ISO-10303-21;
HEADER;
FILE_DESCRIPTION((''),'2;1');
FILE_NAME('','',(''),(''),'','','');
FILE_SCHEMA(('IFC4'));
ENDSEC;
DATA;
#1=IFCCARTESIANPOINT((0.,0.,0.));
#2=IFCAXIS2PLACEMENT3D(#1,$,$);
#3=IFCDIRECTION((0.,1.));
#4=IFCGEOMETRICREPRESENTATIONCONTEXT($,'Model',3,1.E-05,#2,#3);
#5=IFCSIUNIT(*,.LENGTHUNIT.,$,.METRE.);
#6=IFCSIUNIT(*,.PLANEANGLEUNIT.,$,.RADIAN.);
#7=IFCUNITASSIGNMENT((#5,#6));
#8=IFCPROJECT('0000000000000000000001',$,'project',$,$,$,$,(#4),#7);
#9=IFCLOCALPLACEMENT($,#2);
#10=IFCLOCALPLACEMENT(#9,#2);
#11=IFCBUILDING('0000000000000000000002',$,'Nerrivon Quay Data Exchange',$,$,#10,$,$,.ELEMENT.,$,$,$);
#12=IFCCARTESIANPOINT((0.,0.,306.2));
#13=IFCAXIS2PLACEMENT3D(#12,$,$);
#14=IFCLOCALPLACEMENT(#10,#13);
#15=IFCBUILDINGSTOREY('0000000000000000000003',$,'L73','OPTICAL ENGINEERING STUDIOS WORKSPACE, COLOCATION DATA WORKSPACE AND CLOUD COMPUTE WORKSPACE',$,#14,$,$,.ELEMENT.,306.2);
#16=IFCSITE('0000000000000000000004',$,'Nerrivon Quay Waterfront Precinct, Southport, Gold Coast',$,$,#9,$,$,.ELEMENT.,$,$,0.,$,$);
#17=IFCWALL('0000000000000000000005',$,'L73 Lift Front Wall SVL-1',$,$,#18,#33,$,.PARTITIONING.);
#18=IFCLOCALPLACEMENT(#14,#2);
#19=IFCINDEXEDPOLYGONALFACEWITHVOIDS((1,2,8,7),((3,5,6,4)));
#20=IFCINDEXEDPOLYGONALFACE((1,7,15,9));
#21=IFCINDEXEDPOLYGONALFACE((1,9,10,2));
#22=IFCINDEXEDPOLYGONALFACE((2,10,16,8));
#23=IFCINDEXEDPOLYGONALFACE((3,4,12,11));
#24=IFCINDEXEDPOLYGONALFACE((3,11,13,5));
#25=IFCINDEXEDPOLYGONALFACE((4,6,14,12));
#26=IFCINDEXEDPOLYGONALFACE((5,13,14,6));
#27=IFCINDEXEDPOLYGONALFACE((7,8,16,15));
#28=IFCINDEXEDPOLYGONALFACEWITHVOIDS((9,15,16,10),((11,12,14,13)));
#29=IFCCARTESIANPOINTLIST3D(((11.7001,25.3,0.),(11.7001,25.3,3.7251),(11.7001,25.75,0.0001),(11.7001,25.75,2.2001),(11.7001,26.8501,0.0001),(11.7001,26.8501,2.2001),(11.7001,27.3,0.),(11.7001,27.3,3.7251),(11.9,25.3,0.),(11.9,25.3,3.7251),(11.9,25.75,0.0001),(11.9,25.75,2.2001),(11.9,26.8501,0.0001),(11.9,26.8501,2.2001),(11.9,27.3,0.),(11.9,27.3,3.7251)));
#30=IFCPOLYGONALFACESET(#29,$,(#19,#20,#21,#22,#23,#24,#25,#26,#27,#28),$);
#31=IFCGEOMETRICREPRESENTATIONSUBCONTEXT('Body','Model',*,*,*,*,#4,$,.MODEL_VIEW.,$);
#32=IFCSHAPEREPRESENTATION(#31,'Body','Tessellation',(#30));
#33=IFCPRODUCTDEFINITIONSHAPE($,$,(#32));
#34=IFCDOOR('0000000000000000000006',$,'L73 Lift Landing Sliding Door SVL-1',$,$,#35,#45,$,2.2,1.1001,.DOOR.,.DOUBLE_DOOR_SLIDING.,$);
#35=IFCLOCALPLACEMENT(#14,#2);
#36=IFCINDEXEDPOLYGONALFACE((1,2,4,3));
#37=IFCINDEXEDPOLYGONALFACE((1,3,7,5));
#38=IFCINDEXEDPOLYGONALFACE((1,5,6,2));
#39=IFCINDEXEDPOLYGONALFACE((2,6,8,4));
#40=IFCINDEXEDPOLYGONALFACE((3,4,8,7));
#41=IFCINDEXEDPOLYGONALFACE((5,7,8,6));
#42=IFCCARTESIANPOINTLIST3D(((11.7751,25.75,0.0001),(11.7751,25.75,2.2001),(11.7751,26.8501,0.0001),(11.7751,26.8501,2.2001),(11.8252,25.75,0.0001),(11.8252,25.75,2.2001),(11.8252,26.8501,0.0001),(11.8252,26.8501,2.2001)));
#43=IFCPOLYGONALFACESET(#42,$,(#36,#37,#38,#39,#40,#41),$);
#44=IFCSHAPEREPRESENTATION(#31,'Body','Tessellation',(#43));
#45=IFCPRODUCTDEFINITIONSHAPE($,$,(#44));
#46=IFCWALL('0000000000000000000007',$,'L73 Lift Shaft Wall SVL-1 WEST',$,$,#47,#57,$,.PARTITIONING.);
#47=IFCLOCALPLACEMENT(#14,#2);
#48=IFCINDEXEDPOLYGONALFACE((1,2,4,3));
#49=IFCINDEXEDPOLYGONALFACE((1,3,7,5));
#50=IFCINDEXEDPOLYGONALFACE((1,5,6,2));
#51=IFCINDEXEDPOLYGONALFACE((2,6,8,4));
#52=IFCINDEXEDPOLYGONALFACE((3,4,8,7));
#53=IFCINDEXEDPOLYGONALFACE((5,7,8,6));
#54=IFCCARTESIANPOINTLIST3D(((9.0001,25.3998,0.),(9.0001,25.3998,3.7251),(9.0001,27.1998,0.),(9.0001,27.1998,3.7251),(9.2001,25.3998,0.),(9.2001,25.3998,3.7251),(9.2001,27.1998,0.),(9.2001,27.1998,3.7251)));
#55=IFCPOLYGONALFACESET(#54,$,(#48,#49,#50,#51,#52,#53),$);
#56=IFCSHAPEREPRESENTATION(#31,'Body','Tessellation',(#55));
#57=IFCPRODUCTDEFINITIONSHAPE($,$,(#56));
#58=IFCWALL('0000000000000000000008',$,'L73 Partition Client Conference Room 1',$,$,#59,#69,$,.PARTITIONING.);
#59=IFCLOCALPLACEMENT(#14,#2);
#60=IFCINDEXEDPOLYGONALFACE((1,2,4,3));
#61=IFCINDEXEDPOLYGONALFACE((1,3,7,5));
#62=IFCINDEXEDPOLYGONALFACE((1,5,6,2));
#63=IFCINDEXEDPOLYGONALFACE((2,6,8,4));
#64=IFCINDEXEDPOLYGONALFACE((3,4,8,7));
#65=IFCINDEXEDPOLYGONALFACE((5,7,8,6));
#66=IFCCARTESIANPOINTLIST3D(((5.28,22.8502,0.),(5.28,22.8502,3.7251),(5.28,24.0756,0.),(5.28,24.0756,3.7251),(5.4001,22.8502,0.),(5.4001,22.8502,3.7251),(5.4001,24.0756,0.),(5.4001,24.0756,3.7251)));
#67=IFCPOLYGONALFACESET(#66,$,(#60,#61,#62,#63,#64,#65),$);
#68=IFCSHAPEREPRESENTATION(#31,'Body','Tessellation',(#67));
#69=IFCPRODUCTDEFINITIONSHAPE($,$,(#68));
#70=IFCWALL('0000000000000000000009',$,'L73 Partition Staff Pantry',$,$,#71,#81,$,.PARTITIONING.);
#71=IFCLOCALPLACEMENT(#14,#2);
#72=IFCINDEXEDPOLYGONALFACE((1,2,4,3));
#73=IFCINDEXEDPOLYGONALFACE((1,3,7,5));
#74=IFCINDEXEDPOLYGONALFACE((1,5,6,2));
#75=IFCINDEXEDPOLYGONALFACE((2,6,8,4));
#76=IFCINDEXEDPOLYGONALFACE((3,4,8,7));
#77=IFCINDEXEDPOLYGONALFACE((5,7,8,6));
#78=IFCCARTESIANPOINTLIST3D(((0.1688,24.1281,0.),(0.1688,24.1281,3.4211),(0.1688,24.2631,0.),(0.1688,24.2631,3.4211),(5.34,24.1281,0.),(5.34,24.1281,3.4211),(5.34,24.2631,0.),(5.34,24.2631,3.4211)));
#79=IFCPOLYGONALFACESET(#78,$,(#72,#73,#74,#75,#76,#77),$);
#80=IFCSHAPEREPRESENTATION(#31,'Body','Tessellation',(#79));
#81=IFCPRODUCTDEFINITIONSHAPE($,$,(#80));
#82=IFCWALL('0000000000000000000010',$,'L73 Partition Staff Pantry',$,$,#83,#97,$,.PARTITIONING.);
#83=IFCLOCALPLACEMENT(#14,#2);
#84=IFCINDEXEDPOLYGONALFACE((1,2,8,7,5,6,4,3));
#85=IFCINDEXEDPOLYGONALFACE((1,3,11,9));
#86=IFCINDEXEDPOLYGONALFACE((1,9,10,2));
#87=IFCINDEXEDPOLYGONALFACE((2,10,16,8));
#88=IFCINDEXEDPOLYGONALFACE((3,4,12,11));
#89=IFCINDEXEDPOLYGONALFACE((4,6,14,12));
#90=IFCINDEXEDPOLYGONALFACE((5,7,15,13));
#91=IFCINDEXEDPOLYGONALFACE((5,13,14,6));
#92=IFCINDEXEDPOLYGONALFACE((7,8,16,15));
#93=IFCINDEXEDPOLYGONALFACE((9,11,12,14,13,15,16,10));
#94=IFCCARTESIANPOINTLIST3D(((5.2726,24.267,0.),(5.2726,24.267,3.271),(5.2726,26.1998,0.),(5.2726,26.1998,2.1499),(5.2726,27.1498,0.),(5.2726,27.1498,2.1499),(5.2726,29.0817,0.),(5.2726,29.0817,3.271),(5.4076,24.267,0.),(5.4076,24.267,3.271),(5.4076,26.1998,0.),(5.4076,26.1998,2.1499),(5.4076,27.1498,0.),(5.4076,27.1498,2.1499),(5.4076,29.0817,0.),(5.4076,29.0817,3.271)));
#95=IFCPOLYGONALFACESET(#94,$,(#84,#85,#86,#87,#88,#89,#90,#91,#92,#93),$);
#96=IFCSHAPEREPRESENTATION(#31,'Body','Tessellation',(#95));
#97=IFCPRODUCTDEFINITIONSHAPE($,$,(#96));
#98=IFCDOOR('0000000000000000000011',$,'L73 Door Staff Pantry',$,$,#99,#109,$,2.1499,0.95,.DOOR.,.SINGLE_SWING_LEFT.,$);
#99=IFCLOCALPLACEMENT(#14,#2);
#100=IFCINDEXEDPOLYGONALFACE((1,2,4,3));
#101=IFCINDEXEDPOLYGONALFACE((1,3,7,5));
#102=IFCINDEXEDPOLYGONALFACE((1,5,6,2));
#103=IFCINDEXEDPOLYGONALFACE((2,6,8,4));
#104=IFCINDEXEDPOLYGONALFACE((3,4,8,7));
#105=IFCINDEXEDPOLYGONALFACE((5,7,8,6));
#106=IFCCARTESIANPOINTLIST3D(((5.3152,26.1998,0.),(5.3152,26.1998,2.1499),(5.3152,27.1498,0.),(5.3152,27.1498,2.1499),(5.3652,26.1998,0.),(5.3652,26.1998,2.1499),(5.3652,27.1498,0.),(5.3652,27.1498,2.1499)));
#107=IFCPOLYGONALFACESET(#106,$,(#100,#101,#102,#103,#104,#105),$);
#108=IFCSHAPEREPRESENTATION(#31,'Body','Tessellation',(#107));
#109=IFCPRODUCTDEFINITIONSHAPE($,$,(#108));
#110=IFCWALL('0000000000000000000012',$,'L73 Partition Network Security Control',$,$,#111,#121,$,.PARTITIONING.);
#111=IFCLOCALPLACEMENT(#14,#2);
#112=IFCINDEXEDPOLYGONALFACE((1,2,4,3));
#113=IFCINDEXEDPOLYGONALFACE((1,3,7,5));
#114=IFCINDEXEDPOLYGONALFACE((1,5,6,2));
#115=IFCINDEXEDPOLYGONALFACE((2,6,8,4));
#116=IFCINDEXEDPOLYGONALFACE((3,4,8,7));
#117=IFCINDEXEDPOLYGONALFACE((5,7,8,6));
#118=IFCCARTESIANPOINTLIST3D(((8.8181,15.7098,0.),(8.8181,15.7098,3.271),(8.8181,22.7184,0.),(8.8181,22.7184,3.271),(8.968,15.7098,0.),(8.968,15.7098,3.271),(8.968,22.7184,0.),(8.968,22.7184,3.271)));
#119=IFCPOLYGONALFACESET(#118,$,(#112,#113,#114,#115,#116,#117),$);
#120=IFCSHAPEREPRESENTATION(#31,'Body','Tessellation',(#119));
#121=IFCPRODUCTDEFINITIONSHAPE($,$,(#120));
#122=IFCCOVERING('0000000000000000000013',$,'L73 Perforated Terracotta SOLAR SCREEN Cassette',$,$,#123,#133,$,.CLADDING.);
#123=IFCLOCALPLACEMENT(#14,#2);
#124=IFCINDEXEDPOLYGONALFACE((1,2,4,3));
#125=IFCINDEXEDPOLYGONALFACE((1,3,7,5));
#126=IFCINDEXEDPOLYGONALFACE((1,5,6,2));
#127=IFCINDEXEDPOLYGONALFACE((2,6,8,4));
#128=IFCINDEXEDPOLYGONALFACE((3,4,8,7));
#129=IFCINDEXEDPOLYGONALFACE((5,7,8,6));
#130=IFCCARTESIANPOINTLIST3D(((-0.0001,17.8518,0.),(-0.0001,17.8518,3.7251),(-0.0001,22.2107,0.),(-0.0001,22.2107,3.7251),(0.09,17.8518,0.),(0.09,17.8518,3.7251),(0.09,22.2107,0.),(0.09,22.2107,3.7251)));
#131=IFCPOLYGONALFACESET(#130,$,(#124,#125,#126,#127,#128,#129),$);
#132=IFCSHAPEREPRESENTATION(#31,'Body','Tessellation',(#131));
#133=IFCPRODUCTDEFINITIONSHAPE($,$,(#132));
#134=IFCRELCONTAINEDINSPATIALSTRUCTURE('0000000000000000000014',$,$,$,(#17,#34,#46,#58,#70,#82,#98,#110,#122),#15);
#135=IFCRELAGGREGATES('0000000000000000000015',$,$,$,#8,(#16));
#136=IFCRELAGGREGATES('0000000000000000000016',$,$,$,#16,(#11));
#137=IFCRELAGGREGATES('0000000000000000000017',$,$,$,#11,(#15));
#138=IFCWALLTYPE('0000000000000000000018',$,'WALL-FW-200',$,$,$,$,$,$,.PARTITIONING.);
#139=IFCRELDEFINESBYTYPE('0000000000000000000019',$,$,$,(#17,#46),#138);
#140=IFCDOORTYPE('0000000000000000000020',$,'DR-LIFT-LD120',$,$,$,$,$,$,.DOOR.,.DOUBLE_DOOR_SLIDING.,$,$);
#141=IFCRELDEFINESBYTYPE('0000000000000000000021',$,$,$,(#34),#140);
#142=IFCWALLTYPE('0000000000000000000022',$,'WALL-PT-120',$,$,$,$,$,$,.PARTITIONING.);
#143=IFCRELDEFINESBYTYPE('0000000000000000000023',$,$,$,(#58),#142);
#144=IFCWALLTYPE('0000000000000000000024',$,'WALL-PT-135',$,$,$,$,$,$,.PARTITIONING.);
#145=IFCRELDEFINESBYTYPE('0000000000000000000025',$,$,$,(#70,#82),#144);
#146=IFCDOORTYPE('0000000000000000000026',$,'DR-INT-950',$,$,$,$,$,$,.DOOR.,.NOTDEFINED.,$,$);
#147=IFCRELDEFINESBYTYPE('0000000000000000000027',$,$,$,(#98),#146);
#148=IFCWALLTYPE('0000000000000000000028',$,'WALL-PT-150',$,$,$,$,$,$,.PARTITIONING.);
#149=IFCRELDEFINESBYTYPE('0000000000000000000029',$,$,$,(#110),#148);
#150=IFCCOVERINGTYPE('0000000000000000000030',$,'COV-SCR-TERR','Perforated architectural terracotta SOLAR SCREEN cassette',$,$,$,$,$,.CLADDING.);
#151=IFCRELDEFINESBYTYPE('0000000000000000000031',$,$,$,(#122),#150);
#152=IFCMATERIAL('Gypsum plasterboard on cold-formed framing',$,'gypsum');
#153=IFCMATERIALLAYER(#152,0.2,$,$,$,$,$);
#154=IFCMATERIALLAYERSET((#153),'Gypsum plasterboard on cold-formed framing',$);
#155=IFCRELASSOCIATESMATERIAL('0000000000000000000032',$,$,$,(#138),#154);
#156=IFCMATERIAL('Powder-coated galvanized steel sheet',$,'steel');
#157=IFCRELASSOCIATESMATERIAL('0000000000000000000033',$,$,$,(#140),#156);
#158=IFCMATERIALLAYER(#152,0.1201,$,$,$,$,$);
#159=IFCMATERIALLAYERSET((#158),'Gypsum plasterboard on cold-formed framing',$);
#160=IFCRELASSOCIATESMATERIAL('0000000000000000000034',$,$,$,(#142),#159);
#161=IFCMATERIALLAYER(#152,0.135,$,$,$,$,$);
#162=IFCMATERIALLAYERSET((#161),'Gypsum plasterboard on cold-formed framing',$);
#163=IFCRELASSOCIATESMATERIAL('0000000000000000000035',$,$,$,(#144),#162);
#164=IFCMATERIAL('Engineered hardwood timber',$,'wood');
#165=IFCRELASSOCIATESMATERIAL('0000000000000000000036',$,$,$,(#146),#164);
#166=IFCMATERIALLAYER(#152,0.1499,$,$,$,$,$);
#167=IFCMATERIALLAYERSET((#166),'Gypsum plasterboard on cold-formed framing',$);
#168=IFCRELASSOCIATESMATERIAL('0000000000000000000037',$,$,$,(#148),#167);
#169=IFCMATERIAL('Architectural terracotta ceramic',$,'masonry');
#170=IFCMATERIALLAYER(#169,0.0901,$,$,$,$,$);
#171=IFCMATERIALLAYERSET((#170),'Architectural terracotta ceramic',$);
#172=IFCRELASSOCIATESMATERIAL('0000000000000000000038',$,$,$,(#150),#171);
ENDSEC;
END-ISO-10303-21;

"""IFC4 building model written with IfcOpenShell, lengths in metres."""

from ifc_helpers import new_model, si_unit, direction, frame, frame_2d, origin, origin_2d, place, context, subcontext, project, spatial, rectangle, extrude, material, layer, layer_set, type_object, element, fill, save


model = new_model("IFC4")

# Units and contexts
model_context = context("Model", 3, precision=1e-05, world=origin(), true_north=direction((0.0, 1.0)))
body_context = subcontext(model_context, "Body", "Model", "MODEL_VIEW")
ifc_project = project(units=[si_unit("LENGTHUNIT", "METRE"), si_unit("PLANEANGLEUNIT", "RADIAN")], contexts=[model_context])

# Site, building, storey
site_placement = place(None, origin())
site = spatial("IfcSite", under=ifc_project, at=site_placement, Name="Nerrivon Quay Waterfront Precinct, Southport, Gold Coast", CompositionType="ELEMENT", RefElevation=0.0)
building_placement = place(site_placement, origin())
building = spatial("IfcBuilding", under=site, at=building_placement, Name="Nerrivon Quay Data Exchange", CompositionType="ELEMENT")
storey_placement = place(building_placement, frame((0.0, 0.0, 306.2)))
storey = spatial("IfcBuildingStorey", under=building, at=storey_placement, Name="L73", Description="OPTICAL ENGINEERING STUDIOS WORKSPACE, COLOCATION DATA WORKSPACE AND CLOUD COMPUTE WORKSPACE", CompositionType="ELEMENT", Elevation=306.2)

# Wall, opening, door
ifc_material_1 = material(Name="Powder-coated galvanized steel sheet", Category="steel")
ifc_material_2 = material(Name="Gypsum plasterboard on cold-formed framing", Category="gypsum")
ifc_layer_1 = layer(ifc_material_2, 0.2)
ifc_layer_set_1 = layer_set([ifc_layer_1], Name="Gypsum plasterboard on cold-formed framing")
wall_type_1 = type_object("IfcWallType", Name="WALL-FW-200", PredefinedType="PARTITIONING", material=ifc_layer_set_1)
wall_1_placement = place(storey_placement, frame((11.8, 25.3, 0.0), z_axis=(0.0, 0.0, 1.0), x_axis=(0.0, 1.0, 0.0)))
wall_1 = element("IfcWall", 1, at=wall_1_placement, inside=storey, type_object=wall_type_1, Name="L73 Lift Front Wall SVL-1", PredefinedType="PARTITIONING", context=body_context, shape_type="SweptSolid", body=[
    extrude(rectangle(XDim=2.0, YDim=0.2, at=frame_2d((1.0, 0.0))), origin(), (0.0, 0.0, 1.0), 3.7251),
])
opening_1_placement = place(wall_1_placement, frame((0.45, 0.0, 0.0)))
opening_1 = element("IfcOpeningElement", 2, at=opening_1_placement, cuts=wall_1, PredefinedType="OPENING", context=body_context, shape_type="SweptSolid", body=[
    extrude(rectangle(XDim=1.1001, YDim=2.2, at=frame_2d((0.55, 1.1001))), frame((0.0, 0.1099, 0.0), z_axis=(0.0, -1.0, 0.0), x_axis=(1.0, 0.0, 0.0)), (0.0, 0.0, 1.0), 0.22),
])
door_type_1 = type_object("IfcDoorType", Name="DR-LIFT-LD120", OperationType="DOUBLE_DOOR_SLIDING", PredefinedType="DOOR", material=ifc_material_1)
door_1_placement = place(opening_1_placement, origin())
door_1 = element("IfcDoor", 3, at=door_1_placement, inside=storey, type_object=door_type_1, Name="L73 Lift Landing Sliding Door SVL-1", OperationType="DOUBLE_DOOR_SLIDING", OverallHeight=2.2, OverallWidth=1.1001, PredefinedType="DOOR", context=body_context, shape_type="SweptSolid", body=[
    extrude(rectangle(XDim=1.1001, YDim=2.2, at=frame_2d((0.55, 1.1001))), frame((0.0, 0.0249, 0.0), z_axis=(0.0, -1.0, 0.0), x_axis=(1.0, 0.0, 0.0)), (0.0, 0.0, 1.0), 0.05),
])
fill(opening_1, door_1)

# Walls
wall_2_placement = place(storey_placement, frame((9.1001, 25.3999, 0.0), z_axis=(0.0, 0.0, 1.0), x_axis=(0.0, 1.0, 0.0)))
element("IfcWall", 4, at=wall_2_placement, inside=storey, type_object=wall_type_1, Name="L73 Lift Shaft Wall SVL-1 WEST", PredefinedType="PARTITIONING", context=body_context, shape_type="SweptSolid", body=[
    extrude(rectangle(XDim=1.8, YDim=0.2, at=frame_2d((0.8999, 0.0))), origin(), (0.0, 0.0, 1.0), 3.7251),
])
ifc_layer_2 = layer(ifc_material_2, 0.1201)
ifc_layer_set_2 = layer_set([ifc_layer_2], Name="Gypsum plasterboard on cold-formed framing")
wall_type_2 = type_object("IfcWallType", Name="WALL-PT-120", PredefinedType="PARTITIONING", material=ifc_layer_set_2)
wall_3_placement = place(storey_placement, frame((5.3401, 22.8501, 0.0), z_axis=(0.0, 0.0, 1.0), x_axis=(0.0, 1.0, 0.0)))
element("IfcWall", 5, at=wall_3_placement, inside=storey, type_object=wall_type_2, Name="L73 Partition Client Conference Room 1", PredefinedType="PARTITIONING", context=body_context, shape_type="SweptSolid", body=[
    extrude(rectangle(XDim=1.2253, YDim=0.1201, at=frame_2d((0.6128, 0.0))), origin(), (0.0, 0.0, 1.0), 3.7251),
])
ifc_layer_3 = layer(ifc_material_2, 0.135)
ifc_layer_set_3 = layer_set([ifc_layer_3], Name="Gypsum plasterboard on cold-formed framing")
wall_type_3 = type_object("IfcWallType", Name="WALL-PT-135", PredefinedType="PARTITIONING", material=ifc_layer_set_3)
wall_4_placement = place(storey_placement, frame((0.1689, 24.1956, 0.0), z_axis=(0.0, 0.0, 1.0), x_axis=(1.0, 0.0, 0.0)))
element("IfcWall", 6, at=wall_4_placement, inside=storey, type_object=wall_type_3, Name="L73 Partition Staff Pantry", PredefinedType="PARTITIONING", context=body_context, shape_type="SweptSolid", body=[
    extrude(rectangle(XDim=5.1711, YDim=0.135, at=frame_2d((2.5854, 0.0))), origin(), (0.0, 0.0, 1.0), 3.4211),
])

# Wall, opening, door
wall_5_placement = place(storey_placement, frame((5.3401, 24.2671, 0.0), z_axis=(0.0, 0.0, 1.0), x_axis=(0.0, 1.0, 0.0)))
wall_5 = element("IfcWall", 7, at=wall_5_placement, inside=storey, type_object=wall_type_3, Name="L73 Partition Staff Pantry", PredefinedType="PARTITIONING", context=body_context, shape_type="SweptSolid", body=[
    extrude(rectangle(XDim=4.8147, YDim=0.135, at=frame_2d((2.4072, 0.0))), origin(), (0.0, 0.0, 1.0), 3.271),
])
opening_2_placement = place(wall_5_placement, frame((1.9326, 0.0, 0.0)))
opening_2 = element("IfcOpeningElement", 8, at=opening_2_placement, cuts=wall_5, PredefinedType="OPENING", context=body_context, shape_type="SweptSolid", body=[
    extrude(rectangle(XDim=0.95, YDim=2.1499, at=frame_2d((0.4751, 1.075))), frame((0.0, 0.0774, 0.0), z_axis=(0.0, -1.0, 0.0), x_axis=(1.0, 0.0, 0.0)), (0.0, 0.0, 1.0), 0.155),
])
ifc_material_3 = material(Name="Engineered hardwood timber", Category="wood")
door_type_2 = type_object("IfcDoorType", Name="DR-INT-950", OperationType="NOTDEFINED", PredefinedType="DOOR", material=ifc_material_3)
door_2_placement = place(opening_2_placement, origin())
door_2 = element("IfcDoor", 9, at=door_2_placement, inside=storey, type_object=door_type_2, Name="L73 Door Staff Pantry", OperationType="SINGLE_SWING_LEFT", OverallHeight=2.1499, OverallWidth=0.95, PredefinedType="DOOR", context=body_context, shape_type="SweptSolid", body=[
    extrude(rectangle(XDim=0.95, YDim=2.1499, at=frame_2d((0.4751, 1.075))), frame((0.0, 0.0249, 0.0), z_axis=(0.0, -1.0, 0.0), x_axis=(1.0, 0.0, 0.0)), (0.0, 0.0, 1.0), 0.05),
])
fill(opening_2, door_2)

# Wall
ifc_layer_4 = layer(ifc_material_2, 0.1499)
ifc_layer_set_4 = layer_set([ifc_layer_4], Name="Gypsum plasterboard on cold-formed framing")
wall_type_4 = type_object("IfcWallType", Name="WALL-PT-150", PredefinedType="PARTITIONING", material=ifc_layer_set_4)
wall_6_placement = place(storey_placement, frame((8.8931, 22.7185, 0.0), z_axis=(0.0, 0.0, 1.0), x_axis=(0.0, -1.0, 0.0)))
element("IfcWall", 10, at=wall_6_placement, inside=storey, type_object=wall_type_4, Name="L73 Partition Network Security Control", PredefinedType="PARTITIONING", context=body_context, shape_type="SweptSolid", body=[
    extrude(rectangle(XDim=7.0085, YDim=0.1499, at=frame_2d((3.5044, 0.0))), origin(), (0.0, 0.0, 1.0), 3.271),
])

# Covering
ifc_material_4 = material(Name="Architectural terracotta ceramic", Category="masonry")
ifc_layer_5 = layer(ifc_material_4, 0.0901)
ifc_layer_set_5 = layer_set([ifc_layer_5], Name="Architectural terracotta ceramic")
covering_type = type_object("IfcCoveringType", Name="COV-SCR-TERR", Description="Perforated architectural terracotta SOLAR SCREEN cassette", PredefinedType="CLADDING", material=ifc_layer_set_5)
covering_placement = place(storey_placement, frame((0.0449, 20.0312, 0.0), z_axis=(0.0, 0.0, 1.0), x_axis=(0.0, 1.0, 0.0)))
element("IfcCovering", 11, at=covering_placement, inside=storey, type_object=covering_type, Name="L73 Perforated Terracotta SOLAR SCREEN Cassette", PredefinedType="CLADDING", context=body_context, shape_type="SweptSolid", body=[
    extrude(rectangle(XDim=4.3589, YDim=0.0901, at=origin_2d()), origin(), (0.0, 0.0, 1.0), 3.7251),
])

save(model, "model.ifc")
